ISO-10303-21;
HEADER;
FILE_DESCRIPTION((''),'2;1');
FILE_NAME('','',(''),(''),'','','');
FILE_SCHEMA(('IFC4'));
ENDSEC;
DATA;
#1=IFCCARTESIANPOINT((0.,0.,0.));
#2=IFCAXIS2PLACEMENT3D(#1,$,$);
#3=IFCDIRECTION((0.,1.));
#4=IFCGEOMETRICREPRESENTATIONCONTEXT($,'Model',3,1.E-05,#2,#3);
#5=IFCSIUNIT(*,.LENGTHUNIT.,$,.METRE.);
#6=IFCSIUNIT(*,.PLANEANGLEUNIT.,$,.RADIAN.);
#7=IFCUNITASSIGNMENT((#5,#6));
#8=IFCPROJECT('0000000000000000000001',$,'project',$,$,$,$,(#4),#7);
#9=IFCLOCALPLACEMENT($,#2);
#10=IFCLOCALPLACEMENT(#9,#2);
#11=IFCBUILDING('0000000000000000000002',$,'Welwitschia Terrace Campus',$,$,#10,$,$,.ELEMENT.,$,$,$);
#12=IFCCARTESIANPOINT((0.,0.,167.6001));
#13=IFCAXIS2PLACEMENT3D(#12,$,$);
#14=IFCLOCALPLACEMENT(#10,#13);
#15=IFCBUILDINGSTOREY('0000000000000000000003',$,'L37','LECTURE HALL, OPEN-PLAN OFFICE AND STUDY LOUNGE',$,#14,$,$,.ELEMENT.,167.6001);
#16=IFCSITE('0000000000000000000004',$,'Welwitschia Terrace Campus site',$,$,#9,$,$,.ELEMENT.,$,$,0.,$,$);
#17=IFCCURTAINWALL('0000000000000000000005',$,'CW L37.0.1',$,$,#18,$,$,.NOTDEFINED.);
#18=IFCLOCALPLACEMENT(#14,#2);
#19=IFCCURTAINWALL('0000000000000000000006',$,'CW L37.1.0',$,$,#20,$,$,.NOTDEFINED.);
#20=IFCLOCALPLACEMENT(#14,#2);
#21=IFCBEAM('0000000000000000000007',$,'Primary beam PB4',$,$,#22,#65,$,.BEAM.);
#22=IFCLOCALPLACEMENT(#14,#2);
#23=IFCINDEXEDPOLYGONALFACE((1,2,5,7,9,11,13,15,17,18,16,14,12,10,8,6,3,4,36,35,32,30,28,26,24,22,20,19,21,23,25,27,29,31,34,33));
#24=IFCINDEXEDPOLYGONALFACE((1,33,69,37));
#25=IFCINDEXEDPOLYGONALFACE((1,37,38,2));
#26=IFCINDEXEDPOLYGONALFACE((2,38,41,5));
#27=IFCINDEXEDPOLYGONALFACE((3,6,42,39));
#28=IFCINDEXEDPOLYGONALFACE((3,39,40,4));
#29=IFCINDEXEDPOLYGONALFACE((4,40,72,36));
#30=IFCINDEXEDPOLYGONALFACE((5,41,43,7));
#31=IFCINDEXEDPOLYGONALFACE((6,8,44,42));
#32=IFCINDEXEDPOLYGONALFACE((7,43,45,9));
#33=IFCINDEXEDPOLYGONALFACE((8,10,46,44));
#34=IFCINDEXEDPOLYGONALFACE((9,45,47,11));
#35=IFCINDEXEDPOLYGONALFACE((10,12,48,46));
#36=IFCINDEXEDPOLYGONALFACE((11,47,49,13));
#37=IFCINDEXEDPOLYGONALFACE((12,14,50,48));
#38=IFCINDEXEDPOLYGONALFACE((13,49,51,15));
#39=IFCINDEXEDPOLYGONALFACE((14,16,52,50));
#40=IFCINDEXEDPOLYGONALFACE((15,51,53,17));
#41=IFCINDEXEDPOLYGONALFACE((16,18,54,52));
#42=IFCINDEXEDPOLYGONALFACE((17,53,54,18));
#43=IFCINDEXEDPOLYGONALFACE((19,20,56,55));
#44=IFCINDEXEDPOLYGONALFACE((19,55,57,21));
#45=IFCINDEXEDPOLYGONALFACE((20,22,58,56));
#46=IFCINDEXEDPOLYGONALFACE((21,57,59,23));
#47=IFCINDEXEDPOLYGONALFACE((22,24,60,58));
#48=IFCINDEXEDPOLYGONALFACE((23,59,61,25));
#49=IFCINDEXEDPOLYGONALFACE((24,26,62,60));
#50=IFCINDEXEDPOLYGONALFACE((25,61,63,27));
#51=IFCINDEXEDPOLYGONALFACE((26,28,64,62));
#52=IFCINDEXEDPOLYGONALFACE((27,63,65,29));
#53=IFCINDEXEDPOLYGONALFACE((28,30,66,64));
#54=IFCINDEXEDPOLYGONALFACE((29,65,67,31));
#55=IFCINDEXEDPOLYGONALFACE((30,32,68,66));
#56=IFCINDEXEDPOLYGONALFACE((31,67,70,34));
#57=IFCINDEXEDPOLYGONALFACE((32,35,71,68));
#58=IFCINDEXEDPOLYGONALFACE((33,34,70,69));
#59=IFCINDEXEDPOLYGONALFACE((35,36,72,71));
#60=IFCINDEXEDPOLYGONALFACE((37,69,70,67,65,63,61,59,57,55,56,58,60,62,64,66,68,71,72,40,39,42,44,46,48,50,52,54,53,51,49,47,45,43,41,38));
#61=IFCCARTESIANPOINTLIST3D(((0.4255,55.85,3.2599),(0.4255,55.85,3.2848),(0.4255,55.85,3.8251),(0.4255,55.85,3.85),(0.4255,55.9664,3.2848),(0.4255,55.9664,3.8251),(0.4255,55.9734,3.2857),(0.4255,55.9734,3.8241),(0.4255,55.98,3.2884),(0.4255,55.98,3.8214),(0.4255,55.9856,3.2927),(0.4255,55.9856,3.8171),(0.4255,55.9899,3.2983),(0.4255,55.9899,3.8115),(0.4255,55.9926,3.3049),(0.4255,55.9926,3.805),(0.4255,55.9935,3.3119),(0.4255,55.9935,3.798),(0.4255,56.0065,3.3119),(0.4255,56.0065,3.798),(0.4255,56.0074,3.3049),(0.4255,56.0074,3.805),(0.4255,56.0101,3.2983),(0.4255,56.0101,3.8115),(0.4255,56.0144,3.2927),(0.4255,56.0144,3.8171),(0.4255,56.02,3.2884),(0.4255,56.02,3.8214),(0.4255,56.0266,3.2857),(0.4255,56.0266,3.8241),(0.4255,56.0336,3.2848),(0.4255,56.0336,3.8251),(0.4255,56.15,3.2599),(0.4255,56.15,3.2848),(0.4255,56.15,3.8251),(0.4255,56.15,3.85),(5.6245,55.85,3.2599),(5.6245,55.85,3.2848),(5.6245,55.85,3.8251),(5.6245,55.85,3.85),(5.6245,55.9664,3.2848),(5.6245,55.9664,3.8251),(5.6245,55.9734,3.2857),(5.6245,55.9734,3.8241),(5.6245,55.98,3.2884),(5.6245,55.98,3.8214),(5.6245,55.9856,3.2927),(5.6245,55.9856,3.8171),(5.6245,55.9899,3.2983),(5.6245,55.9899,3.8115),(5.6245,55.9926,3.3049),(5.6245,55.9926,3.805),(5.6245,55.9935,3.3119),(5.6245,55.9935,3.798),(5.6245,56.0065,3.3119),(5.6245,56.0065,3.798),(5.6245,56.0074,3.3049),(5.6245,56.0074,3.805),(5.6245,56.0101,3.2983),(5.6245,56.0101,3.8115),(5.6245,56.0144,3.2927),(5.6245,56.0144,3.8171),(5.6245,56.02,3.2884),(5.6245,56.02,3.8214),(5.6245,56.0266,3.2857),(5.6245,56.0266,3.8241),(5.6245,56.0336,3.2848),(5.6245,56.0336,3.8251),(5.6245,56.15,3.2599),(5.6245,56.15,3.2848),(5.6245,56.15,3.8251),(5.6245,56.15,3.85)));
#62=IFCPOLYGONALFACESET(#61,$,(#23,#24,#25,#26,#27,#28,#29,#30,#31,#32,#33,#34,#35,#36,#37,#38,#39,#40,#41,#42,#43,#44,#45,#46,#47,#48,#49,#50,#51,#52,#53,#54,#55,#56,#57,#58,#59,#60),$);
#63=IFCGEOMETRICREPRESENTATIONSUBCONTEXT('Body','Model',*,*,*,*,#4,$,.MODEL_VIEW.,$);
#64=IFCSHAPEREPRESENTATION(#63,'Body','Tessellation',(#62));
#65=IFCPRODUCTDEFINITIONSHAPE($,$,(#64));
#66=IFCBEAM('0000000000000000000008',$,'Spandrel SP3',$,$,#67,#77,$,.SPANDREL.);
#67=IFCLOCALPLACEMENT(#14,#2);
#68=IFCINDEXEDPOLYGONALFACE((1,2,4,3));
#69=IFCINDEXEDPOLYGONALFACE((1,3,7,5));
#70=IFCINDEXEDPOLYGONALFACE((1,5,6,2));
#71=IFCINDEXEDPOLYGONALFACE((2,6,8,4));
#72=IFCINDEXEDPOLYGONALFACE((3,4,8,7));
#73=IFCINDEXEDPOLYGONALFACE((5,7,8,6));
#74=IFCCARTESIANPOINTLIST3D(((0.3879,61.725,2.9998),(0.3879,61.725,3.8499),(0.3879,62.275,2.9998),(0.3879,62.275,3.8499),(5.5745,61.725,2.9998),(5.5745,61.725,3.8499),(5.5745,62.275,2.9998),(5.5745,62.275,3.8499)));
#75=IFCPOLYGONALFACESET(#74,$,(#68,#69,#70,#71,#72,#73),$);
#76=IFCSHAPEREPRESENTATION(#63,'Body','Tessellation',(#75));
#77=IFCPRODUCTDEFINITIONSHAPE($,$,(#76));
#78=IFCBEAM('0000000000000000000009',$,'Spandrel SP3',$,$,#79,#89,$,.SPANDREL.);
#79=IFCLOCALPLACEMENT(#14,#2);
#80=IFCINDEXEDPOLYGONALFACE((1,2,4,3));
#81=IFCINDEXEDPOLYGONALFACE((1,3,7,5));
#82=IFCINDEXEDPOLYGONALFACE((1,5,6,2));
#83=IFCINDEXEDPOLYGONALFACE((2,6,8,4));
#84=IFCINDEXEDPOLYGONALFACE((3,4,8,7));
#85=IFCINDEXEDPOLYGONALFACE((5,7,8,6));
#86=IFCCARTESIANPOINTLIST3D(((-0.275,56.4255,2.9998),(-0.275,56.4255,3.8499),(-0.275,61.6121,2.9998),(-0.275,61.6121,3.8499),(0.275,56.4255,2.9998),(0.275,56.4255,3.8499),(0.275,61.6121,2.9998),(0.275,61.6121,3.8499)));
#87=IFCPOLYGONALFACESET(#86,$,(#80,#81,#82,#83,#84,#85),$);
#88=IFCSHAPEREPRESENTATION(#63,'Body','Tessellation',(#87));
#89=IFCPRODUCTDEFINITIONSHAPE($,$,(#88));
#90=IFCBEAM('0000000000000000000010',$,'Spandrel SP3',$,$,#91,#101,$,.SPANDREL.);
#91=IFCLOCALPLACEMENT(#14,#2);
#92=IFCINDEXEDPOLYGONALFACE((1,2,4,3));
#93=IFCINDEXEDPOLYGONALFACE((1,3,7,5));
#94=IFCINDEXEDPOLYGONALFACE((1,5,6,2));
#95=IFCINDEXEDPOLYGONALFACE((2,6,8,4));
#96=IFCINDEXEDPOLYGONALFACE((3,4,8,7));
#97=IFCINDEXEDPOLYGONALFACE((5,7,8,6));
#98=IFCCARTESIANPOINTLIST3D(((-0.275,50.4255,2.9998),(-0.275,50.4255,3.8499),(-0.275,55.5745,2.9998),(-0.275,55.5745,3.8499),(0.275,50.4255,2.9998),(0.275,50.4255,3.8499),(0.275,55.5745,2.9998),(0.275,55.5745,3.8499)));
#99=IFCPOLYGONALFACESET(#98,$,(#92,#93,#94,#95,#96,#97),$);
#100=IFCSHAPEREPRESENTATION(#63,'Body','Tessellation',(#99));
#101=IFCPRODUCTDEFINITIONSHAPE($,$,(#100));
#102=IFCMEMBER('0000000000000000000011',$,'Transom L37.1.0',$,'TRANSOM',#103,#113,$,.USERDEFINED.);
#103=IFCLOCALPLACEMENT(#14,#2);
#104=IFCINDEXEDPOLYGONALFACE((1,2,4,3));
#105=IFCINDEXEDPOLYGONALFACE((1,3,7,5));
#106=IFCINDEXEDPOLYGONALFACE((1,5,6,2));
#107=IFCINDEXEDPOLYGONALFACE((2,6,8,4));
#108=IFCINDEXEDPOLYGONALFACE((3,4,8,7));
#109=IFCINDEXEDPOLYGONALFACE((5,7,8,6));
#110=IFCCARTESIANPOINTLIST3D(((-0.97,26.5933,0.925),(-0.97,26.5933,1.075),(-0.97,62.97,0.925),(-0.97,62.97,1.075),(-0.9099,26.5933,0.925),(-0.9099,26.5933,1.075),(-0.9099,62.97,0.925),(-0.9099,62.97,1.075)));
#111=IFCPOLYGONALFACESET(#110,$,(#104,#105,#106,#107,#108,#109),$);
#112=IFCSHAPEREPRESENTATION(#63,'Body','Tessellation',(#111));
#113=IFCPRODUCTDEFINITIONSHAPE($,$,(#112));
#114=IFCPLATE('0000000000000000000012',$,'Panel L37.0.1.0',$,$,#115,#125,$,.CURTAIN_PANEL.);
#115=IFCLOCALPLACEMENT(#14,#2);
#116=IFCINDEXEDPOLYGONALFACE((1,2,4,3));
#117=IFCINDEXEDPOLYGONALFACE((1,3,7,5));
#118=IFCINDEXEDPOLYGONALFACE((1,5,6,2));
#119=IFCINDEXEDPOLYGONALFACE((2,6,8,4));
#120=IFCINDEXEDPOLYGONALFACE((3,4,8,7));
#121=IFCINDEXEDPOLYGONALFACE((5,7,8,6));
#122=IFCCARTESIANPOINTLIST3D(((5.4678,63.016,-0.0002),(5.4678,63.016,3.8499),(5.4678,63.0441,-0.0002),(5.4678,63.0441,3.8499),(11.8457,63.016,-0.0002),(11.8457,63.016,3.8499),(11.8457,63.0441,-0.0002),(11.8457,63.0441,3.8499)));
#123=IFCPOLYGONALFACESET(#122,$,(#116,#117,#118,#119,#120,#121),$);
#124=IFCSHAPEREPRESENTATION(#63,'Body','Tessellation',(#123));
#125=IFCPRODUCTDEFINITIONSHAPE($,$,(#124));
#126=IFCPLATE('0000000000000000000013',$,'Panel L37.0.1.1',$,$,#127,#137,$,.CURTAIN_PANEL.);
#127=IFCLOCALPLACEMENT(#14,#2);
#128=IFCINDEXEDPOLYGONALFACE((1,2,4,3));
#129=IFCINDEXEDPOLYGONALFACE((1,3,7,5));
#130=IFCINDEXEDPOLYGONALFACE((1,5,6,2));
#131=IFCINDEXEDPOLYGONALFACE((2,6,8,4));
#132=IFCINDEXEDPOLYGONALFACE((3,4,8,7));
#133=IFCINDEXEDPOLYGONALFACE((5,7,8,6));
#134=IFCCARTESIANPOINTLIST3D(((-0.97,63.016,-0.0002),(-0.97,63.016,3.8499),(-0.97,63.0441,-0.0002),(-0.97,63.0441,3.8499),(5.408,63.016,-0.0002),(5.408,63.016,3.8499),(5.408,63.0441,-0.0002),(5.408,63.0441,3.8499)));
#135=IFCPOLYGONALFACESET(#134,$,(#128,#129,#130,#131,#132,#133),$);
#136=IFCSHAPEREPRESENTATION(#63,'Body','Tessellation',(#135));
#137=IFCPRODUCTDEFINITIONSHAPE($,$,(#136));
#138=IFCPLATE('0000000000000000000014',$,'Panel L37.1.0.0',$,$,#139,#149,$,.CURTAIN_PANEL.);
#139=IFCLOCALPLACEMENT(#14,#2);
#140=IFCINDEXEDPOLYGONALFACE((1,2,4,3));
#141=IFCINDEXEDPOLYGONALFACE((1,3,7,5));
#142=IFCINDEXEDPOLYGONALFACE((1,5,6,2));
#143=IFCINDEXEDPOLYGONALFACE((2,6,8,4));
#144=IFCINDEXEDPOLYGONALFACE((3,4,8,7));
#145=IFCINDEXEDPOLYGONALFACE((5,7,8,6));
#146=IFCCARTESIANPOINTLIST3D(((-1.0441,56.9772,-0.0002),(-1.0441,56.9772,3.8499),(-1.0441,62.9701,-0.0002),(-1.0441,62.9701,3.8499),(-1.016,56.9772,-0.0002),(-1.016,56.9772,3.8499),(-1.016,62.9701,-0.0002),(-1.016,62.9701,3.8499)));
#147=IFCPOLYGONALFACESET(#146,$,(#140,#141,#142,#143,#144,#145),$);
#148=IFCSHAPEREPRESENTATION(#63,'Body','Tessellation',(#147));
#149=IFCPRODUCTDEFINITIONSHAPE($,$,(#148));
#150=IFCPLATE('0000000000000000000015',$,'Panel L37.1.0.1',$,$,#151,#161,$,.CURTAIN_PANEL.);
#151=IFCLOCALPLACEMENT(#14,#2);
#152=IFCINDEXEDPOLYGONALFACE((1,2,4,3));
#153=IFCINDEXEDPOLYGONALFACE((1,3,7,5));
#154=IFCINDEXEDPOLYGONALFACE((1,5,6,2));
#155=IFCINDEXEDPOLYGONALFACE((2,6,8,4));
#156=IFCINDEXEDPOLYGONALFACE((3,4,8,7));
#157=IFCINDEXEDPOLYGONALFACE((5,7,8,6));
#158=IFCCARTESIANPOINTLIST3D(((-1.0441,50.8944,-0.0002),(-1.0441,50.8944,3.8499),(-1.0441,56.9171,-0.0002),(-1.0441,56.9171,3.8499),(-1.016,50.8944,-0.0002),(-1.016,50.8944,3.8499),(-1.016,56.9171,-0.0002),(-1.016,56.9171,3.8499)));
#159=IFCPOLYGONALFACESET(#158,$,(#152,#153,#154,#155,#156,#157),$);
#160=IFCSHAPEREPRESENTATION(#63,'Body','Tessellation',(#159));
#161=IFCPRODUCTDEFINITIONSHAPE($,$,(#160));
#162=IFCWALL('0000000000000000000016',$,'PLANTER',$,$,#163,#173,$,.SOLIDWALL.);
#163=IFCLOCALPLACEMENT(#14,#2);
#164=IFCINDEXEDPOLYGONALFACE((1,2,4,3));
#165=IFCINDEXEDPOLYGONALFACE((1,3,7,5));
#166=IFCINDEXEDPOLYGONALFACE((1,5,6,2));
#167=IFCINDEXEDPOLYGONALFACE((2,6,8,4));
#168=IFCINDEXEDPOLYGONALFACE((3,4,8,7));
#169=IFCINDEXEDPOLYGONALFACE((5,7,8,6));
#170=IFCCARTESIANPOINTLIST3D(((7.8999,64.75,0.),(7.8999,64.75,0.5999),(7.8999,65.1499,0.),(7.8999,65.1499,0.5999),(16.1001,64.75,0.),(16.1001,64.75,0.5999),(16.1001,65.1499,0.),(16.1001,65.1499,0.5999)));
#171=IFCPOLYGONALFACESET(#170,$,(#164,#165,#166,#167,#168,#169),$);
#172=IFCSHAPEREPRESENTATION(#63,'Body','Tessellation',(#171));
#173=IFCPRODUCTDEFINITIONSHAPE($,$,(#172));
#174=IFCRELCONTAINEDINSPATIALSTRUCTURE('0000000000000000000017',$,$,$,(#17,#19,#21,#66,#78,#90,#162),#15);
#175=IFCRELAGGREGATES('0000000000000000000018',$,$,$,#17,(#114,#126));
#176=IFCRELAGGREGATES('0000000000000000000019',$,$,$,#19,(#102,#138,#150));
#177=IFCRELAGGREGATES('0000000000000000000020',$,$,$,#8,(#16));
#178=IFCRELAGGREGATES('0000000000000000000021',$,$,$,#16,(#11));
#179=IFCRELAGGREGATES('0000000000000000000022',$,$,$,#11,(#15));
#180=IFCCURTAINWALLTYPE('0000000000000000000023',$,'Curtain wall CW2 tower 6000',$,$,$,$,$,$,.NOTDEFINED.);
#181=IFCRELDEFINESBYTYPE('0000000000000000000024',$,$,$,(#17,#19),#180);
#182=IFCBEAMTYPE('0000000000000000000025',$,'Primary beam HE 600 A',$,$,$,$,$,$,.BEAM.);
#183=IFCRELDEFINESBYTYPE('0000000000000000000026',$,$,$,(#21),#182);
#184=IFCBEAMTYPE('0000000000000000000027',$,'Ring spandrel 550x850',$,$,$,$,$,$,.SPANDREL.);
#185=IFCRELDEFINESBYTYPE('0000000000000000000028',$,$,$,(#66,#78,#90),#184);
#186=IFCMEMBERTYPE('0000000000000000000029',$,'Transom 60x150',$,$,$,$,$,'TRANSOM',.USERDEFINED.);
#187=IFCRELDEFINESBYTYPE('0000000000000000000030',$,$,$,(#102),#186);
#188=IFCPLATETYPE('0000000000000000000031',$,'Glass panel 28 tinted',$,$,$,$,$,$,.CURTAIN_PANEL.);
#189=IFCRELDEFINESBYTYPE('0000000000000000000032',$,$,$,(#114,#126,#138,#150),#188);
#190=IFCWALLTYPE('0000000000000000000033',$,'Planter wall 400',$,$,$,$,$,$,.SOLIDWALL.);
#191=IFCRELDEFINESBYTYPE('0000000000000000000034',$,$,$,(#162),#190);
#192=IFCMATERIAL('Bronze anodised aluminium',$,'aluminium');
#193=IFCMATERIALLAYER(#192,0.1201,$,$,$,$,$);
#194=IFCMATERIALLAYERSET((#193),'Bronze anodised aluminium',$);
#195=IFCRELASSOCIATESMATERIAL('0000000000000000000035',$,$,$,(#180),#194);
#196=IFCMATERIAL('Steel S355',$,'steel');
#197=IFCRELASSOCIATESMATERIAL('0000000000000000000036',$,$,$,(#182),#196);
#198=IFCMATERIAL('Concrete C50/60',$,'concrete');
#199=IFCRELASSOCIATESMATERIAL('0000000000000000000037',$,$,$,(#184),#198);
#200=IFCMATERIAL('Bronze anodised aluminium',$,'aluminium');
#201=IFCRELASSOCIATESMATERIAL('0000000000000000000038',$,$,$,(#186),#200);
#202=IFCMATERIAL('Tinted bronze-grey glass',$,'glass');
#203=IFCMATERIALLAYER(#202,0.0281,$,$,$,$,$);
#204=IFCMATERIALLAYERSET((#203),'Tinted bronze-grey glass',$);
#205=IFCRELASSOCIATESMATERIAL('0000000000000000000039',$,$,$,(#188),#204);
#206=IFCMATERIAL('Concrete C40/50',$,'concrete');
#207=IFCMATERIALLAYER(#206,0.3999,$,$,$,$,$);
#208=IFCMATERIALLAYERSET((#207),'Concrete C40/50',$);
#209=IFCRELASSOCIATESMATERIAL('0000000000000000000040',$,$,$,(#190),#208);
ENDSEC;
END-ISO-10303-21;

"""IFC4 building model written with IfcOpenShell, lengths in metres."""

from ifc_helpers import new_model, si_unit, direction, frame, frame_2d, origin, origin_2d, place, context, subcontext, project, spatial, rectangle, i_section, extrude, material, layer, layer_set, material_profile, profile_set, type_object, element, aggregate, save


model = new_model("IFC4")

# Units and contexts
model_context = context("Model", 3, precision=1e-05, world=origin(), true_north=direction((0.0, 1.0)))
body_context = subcontext(model_context, "Body", "Model", "MODEL_VIEW")
ifc_project = project(units=[si_unit("LENGTHUNIT", "METRE"), si_unit("PLANEANGLEUNIT", "RADIAN")], contexts=[model_context])

# Site, building, storey
site_placement = place(None, origin())
site = spatial("IfcSite", under=ifc_project, at=site_placement, Name="Welwitschia Terrace Campus site", CompositionType="ELEMENT", RefElevation=0.0)
building_placement = place(site_placement, origin())
building = spatial("IfcBuilding", under=site, at=building_placement, Name="Welwitschia Terrace Campus", CompositionType="ELEMENT")
storey_placement = place(building_placement, frame((0.0, 0.0, 167.6001)))
storey = spatial("IfcBuildingStorey", under=building, at=storey_placement, Name="L37", Description="LECTURE HALL, OPEN-PLAN OFFICE AND STUDY LOUNGE", CompositionType="ELEMENT", Elevation=167.6001)

# Curtain walls
ifc_material_1 = material(Name="Bronze anodised aluminium", Category="aluminium")
ifc_layer_1 = layer(ifc_material_1, 0.1201)
ifc_layer_set_1 = layer_set([ifc_layer_1], Name="Bronze anodised aluminium")
curtain_wall_type = type_object("IfcCurtainWallType", Name="Curtain wall CW2 tower 6000", PredefinedType="NOTDEFINED", material=ifc_layer_set_1)
curtain_wall_1_placement = place(storey_placement, origin())
curtain_wall_1 = element("IfcCurtainWall", 1, at=curtain_wall_1_placement, inside=storey, type_object=curtain_wall_type, Name="CW L37.0.1", PredefinedType="NOTDEFINED")
curtain_wall_2_placement = place(storey_placement, origin())
curtain_wall_2 = element("IfcCurtainWall", 2, at=curtain_wall_2_placement, inside=storey, type_object=curtain_wall_type, Name="CW L37.1.0", PredefinedType="NOTDEFINED")

# Beams
ifc_material_2 = material(Name="Steel S355", Category="steel")
ifc_material_profile_1 = material_profile(ifc_material_2, i_section(OverallWidth=0.3, OverallDepth=0.5901, WebThickness=0.0129, FlangeThickness=0.0249, FilletRadius=0.0271, at=origin_2d()))
ifc_profile_set_1 = profile_set([ifc_material_profile_1], Name="Steel S355")
beam_type_1 = type_object("IfcBeamType", Name="Primary beam HE 600 A", PredefinedType="BEAM", material=ifc_profile_set_1)
beam_1_placement = place(storey_placement, frame((0.4255, 56.0, 3.5549), z_axis=(1.0, 0.0, 0.0), x_axis=(0.0, 1.0, 0.0)))
element("IfcBeam", 3, at=beam_1_placement, inside=storey, type_object=beam_type_1, Name="Primary beam PB4", PredefinedType="BEAM", context=body_context, shape_type="SweptSolid", body=[
    extrude(i_section(OverallWidth=0.3, OverallDepth=0.5901, WebThickness=0.0129, FlangeThickness=0.0249, FilletRadius=0.0271, at=origin_2d()), origin(), (0.0, 0.0, 1.0), 5.199),
])
ifc_material_3 = material(Name="Concrete C50/60", Category="concrete")
ifc_material_profile_2 = material_profile(ifc_material_3, rectangle(XDim=0.55, YDim=0.8501, at=origin_2d()))
ifc_profile_set_2 = profile_set([ifc_material_profile_2], Name="Concrete C50/60")
beam_type_2 = type_object("IfcBeamType", Name="Ring spandrel 550x850", PredefinedType="SPANDREL", material=ifc_profile_set_2)
for number, where, z_axis, x_axis, name in (
    (4, (5.5745, 62.0, 3.4248), (-1.0, 0.0, 0.0), (0.0, -1.0, 0.0), "Spandrel SP3"),
    (5, (0.0, 61.6121, 3.4248), (0.0, -1.0, 0.0), (1.0, 0.0, 0.0), "Spandrel SP3"),
):
    element("IfcBeam", number, at=place(storey_placement, frame(where, z_axis=z_axis, x_axis=x_axis)), inside=storey, type_object=beam_type_2, Name=name, PredefinedType="SPANDREL", context=body_context, shape_type="SweptSolid", body=[
        extrude(rectangle(XDim=0.55, YDim=0.8501, at=origin_2d()), origin(), (0.0, 0.0, 1.0), 5.1865),
    ])
beam_2_placement = place(storey_placement, frame((0.0, 55.5745, 3.4248), z_axis=(0.0, -1.0, 0.0), x_axis=(1.0, 0.0, 0.0)))
element("IfcBeam", 6, at=beam_2_placement, inside=storey, type_object=beam_type_2, Name="Spandrel SP3", PredefinedType="SPANDREL", context=body_context, shape_type="SweptSolid", body=[
    extrude(rectangle(XDim=0.55, YDim=0.8501, at=origin_2d()), origin(), (0.0, 0.0, 1.0), 5.1489),
])

# Member
ifc_material_4 = material(Name="Bronze anodised aluminium", Category="aluminium")
ifc_material_profile_3 = material_profile(ifc_material_4, rectangle(XDim=0.0601, YDim=0.1499, at=origin_2d()))
ifc_profile_set_3 = profile_set([ifc_material_profile_3], Name="Bronze anodised aluminium")
member_type_1 = type_object("IfcMemberType", Name="Transom 60x150", ElementType="TRANSOM", PredefinedType="USERDEFINED", material=ifc_profile_set_3)
member_1_placement = place(storey_placement, frame((-0.9399, 62.97, 1.0), z_axis=(0.0, -1.0, 0.0), x_axis=(1.0, 0.0, 0.0)))
member_1 = element("IfcMember", 7, at=member_1_placement, type_object=member_type_1, Name="Transom L37.1.0", ObjectType="TRANSOM", PredefinedType="USERDEFINED", context=body_context, shape_type="SweptSolid", body=[
    extrude(rectangle(XDim=0.0601, YDim=0.1499, at=origin_2d()), origin(), (0.0, 0.0, 1.0), 36.3767),
])

# Plates
ifc_material_5 = material(Name="Tinted bronze-grey glass", Category="glass")
ifc_layer_2 = layer(ifc_material_5, 0.0281)
ifc_layer_set_2 = layer_set([ifc_layer_2], Name="Tinted bronze-grey glass")
plate_type = type_object("IfcPlateType", Name="Glass panel 28 tinted", PredefinedType="CURTAIN_PANEL", material=ifc_layer_set_2)
plate_1_placement = place(storey_placement, frame((8.6567, 63.03, -0.0002), z_axis=(0.0, 0.0, 1.0), x_axis=(-1.0, 0.0, 0.0)))
plate_1 = element("IfcPlate", 8, at=plate_1_placement, type_object=plate_type, Name="Panel L37.0.1.0", PredefinedType="CURTAIN_PANEL", context=body_context, shape_type="SweptSolid", body=[
    extrude(rectangle(XDim=6.3779, YDim=0.0281, at=origin_2d()), origin(), (0.0, 0.0, 1.0), 3.8501),
])
plate_2_placement = place(storey_placement, frame((2.219, 63.03, -0.0002), z_axis=(0.0, 0.0, 1.0), x_axis=(-1.0, 0.0, 0.0)))
plate_2 = element("IfcPlate", 9, at=plate_2_placement, type_object=plate_type, Name="Panel L37.0.1.1", PredefinedType="CURTAIN_PANEL", context=body_context, shape_type="SweptSolid", body=[
    extrude(rectangle(XDim=6.3779, YDim=0.0281, at=origin_2d()), origin(), (0.0, 0.0, 1.0), 3.8501),
])
aggregate(curtain_wall_1, [plate_1, plate_2])
plate_3_placement = place(storey_placement, frame((-1.03, 59.9736, -0.0002), z_axis=(0.0, 0.0, 1.0), x_axis=(0.0, -1.0, 0.0)))
plate_3 = element("IfcPlate", 10, at=plate_3_placement, type_object=plate_type, Name="Panel L37.1.0.0", PredefinedType="CURTAIN_PANEL", context=body_context, shape_type="SweptSolid", body=[
    extrude(rectangle(XDim=5.9929, YDim=0.0281, at=origin_2d()), origin(), (0.0, 0.0, 1.0), 3.8501),
])
plate_4_placement = place(storey_placement, frame((-1.03, 53.9058, -0.0002), z_axis=(0.0, 0.0, 1.0), x_axis=(0.0, -1.0, 0.0)))
plate_4 = element("IfcPlate", 11, at=plate_4_placement, type_object=plate_type, Name="Panel L37.1.0.1", PredefinedType="CURTAIN_PANEL", context=body_context, shape_type="SweptSolid", body=[
    extrude(rectangle(XDim=6.0227, YDim=0.0281, at=origin_2d()), origin(), (0.0, 0.0, 1.0), 3.8501),
])
aggregate(curtain_wall_2, [member_1, plate_3, plate_4])

# Wall
ifc_material_6 = material(Name="Concrete C40/50", Category="concrete")
ifc_layer_3 = layer(ifc_material_6, 0.3999)
ifc_layer_set_3 = layer_set([ifc_layer_3], Name="Concrete C40/50")
wall_type = type_object("IfcWallType", Name="Planter wall 400", PredefinedType="SOLIDWALL", material=ifc_layer_set_3)
wall_placement = place(storey_placement, frame((7.8999, 64.95, 0.0), z_axis=(0.0, 0.0, 1.0), x_axis=(1.0, 0.0, 0.0)))
element("IfcWall", 12, at=wall_placement, inside=storey, type_object=wall_type, Name="PLANTER", PredefinedType="SOLIDWALL", context=body_context, shape_type="SweptSolid", body=[
    extrude(rectangle(XDim=8.2002, YDim=0.3999, at=frame_2d((4.1001, 0.0))), origin(), (0.0, 0.0, 1.0), 0.5999),
])

save(model, "model.ifc")
